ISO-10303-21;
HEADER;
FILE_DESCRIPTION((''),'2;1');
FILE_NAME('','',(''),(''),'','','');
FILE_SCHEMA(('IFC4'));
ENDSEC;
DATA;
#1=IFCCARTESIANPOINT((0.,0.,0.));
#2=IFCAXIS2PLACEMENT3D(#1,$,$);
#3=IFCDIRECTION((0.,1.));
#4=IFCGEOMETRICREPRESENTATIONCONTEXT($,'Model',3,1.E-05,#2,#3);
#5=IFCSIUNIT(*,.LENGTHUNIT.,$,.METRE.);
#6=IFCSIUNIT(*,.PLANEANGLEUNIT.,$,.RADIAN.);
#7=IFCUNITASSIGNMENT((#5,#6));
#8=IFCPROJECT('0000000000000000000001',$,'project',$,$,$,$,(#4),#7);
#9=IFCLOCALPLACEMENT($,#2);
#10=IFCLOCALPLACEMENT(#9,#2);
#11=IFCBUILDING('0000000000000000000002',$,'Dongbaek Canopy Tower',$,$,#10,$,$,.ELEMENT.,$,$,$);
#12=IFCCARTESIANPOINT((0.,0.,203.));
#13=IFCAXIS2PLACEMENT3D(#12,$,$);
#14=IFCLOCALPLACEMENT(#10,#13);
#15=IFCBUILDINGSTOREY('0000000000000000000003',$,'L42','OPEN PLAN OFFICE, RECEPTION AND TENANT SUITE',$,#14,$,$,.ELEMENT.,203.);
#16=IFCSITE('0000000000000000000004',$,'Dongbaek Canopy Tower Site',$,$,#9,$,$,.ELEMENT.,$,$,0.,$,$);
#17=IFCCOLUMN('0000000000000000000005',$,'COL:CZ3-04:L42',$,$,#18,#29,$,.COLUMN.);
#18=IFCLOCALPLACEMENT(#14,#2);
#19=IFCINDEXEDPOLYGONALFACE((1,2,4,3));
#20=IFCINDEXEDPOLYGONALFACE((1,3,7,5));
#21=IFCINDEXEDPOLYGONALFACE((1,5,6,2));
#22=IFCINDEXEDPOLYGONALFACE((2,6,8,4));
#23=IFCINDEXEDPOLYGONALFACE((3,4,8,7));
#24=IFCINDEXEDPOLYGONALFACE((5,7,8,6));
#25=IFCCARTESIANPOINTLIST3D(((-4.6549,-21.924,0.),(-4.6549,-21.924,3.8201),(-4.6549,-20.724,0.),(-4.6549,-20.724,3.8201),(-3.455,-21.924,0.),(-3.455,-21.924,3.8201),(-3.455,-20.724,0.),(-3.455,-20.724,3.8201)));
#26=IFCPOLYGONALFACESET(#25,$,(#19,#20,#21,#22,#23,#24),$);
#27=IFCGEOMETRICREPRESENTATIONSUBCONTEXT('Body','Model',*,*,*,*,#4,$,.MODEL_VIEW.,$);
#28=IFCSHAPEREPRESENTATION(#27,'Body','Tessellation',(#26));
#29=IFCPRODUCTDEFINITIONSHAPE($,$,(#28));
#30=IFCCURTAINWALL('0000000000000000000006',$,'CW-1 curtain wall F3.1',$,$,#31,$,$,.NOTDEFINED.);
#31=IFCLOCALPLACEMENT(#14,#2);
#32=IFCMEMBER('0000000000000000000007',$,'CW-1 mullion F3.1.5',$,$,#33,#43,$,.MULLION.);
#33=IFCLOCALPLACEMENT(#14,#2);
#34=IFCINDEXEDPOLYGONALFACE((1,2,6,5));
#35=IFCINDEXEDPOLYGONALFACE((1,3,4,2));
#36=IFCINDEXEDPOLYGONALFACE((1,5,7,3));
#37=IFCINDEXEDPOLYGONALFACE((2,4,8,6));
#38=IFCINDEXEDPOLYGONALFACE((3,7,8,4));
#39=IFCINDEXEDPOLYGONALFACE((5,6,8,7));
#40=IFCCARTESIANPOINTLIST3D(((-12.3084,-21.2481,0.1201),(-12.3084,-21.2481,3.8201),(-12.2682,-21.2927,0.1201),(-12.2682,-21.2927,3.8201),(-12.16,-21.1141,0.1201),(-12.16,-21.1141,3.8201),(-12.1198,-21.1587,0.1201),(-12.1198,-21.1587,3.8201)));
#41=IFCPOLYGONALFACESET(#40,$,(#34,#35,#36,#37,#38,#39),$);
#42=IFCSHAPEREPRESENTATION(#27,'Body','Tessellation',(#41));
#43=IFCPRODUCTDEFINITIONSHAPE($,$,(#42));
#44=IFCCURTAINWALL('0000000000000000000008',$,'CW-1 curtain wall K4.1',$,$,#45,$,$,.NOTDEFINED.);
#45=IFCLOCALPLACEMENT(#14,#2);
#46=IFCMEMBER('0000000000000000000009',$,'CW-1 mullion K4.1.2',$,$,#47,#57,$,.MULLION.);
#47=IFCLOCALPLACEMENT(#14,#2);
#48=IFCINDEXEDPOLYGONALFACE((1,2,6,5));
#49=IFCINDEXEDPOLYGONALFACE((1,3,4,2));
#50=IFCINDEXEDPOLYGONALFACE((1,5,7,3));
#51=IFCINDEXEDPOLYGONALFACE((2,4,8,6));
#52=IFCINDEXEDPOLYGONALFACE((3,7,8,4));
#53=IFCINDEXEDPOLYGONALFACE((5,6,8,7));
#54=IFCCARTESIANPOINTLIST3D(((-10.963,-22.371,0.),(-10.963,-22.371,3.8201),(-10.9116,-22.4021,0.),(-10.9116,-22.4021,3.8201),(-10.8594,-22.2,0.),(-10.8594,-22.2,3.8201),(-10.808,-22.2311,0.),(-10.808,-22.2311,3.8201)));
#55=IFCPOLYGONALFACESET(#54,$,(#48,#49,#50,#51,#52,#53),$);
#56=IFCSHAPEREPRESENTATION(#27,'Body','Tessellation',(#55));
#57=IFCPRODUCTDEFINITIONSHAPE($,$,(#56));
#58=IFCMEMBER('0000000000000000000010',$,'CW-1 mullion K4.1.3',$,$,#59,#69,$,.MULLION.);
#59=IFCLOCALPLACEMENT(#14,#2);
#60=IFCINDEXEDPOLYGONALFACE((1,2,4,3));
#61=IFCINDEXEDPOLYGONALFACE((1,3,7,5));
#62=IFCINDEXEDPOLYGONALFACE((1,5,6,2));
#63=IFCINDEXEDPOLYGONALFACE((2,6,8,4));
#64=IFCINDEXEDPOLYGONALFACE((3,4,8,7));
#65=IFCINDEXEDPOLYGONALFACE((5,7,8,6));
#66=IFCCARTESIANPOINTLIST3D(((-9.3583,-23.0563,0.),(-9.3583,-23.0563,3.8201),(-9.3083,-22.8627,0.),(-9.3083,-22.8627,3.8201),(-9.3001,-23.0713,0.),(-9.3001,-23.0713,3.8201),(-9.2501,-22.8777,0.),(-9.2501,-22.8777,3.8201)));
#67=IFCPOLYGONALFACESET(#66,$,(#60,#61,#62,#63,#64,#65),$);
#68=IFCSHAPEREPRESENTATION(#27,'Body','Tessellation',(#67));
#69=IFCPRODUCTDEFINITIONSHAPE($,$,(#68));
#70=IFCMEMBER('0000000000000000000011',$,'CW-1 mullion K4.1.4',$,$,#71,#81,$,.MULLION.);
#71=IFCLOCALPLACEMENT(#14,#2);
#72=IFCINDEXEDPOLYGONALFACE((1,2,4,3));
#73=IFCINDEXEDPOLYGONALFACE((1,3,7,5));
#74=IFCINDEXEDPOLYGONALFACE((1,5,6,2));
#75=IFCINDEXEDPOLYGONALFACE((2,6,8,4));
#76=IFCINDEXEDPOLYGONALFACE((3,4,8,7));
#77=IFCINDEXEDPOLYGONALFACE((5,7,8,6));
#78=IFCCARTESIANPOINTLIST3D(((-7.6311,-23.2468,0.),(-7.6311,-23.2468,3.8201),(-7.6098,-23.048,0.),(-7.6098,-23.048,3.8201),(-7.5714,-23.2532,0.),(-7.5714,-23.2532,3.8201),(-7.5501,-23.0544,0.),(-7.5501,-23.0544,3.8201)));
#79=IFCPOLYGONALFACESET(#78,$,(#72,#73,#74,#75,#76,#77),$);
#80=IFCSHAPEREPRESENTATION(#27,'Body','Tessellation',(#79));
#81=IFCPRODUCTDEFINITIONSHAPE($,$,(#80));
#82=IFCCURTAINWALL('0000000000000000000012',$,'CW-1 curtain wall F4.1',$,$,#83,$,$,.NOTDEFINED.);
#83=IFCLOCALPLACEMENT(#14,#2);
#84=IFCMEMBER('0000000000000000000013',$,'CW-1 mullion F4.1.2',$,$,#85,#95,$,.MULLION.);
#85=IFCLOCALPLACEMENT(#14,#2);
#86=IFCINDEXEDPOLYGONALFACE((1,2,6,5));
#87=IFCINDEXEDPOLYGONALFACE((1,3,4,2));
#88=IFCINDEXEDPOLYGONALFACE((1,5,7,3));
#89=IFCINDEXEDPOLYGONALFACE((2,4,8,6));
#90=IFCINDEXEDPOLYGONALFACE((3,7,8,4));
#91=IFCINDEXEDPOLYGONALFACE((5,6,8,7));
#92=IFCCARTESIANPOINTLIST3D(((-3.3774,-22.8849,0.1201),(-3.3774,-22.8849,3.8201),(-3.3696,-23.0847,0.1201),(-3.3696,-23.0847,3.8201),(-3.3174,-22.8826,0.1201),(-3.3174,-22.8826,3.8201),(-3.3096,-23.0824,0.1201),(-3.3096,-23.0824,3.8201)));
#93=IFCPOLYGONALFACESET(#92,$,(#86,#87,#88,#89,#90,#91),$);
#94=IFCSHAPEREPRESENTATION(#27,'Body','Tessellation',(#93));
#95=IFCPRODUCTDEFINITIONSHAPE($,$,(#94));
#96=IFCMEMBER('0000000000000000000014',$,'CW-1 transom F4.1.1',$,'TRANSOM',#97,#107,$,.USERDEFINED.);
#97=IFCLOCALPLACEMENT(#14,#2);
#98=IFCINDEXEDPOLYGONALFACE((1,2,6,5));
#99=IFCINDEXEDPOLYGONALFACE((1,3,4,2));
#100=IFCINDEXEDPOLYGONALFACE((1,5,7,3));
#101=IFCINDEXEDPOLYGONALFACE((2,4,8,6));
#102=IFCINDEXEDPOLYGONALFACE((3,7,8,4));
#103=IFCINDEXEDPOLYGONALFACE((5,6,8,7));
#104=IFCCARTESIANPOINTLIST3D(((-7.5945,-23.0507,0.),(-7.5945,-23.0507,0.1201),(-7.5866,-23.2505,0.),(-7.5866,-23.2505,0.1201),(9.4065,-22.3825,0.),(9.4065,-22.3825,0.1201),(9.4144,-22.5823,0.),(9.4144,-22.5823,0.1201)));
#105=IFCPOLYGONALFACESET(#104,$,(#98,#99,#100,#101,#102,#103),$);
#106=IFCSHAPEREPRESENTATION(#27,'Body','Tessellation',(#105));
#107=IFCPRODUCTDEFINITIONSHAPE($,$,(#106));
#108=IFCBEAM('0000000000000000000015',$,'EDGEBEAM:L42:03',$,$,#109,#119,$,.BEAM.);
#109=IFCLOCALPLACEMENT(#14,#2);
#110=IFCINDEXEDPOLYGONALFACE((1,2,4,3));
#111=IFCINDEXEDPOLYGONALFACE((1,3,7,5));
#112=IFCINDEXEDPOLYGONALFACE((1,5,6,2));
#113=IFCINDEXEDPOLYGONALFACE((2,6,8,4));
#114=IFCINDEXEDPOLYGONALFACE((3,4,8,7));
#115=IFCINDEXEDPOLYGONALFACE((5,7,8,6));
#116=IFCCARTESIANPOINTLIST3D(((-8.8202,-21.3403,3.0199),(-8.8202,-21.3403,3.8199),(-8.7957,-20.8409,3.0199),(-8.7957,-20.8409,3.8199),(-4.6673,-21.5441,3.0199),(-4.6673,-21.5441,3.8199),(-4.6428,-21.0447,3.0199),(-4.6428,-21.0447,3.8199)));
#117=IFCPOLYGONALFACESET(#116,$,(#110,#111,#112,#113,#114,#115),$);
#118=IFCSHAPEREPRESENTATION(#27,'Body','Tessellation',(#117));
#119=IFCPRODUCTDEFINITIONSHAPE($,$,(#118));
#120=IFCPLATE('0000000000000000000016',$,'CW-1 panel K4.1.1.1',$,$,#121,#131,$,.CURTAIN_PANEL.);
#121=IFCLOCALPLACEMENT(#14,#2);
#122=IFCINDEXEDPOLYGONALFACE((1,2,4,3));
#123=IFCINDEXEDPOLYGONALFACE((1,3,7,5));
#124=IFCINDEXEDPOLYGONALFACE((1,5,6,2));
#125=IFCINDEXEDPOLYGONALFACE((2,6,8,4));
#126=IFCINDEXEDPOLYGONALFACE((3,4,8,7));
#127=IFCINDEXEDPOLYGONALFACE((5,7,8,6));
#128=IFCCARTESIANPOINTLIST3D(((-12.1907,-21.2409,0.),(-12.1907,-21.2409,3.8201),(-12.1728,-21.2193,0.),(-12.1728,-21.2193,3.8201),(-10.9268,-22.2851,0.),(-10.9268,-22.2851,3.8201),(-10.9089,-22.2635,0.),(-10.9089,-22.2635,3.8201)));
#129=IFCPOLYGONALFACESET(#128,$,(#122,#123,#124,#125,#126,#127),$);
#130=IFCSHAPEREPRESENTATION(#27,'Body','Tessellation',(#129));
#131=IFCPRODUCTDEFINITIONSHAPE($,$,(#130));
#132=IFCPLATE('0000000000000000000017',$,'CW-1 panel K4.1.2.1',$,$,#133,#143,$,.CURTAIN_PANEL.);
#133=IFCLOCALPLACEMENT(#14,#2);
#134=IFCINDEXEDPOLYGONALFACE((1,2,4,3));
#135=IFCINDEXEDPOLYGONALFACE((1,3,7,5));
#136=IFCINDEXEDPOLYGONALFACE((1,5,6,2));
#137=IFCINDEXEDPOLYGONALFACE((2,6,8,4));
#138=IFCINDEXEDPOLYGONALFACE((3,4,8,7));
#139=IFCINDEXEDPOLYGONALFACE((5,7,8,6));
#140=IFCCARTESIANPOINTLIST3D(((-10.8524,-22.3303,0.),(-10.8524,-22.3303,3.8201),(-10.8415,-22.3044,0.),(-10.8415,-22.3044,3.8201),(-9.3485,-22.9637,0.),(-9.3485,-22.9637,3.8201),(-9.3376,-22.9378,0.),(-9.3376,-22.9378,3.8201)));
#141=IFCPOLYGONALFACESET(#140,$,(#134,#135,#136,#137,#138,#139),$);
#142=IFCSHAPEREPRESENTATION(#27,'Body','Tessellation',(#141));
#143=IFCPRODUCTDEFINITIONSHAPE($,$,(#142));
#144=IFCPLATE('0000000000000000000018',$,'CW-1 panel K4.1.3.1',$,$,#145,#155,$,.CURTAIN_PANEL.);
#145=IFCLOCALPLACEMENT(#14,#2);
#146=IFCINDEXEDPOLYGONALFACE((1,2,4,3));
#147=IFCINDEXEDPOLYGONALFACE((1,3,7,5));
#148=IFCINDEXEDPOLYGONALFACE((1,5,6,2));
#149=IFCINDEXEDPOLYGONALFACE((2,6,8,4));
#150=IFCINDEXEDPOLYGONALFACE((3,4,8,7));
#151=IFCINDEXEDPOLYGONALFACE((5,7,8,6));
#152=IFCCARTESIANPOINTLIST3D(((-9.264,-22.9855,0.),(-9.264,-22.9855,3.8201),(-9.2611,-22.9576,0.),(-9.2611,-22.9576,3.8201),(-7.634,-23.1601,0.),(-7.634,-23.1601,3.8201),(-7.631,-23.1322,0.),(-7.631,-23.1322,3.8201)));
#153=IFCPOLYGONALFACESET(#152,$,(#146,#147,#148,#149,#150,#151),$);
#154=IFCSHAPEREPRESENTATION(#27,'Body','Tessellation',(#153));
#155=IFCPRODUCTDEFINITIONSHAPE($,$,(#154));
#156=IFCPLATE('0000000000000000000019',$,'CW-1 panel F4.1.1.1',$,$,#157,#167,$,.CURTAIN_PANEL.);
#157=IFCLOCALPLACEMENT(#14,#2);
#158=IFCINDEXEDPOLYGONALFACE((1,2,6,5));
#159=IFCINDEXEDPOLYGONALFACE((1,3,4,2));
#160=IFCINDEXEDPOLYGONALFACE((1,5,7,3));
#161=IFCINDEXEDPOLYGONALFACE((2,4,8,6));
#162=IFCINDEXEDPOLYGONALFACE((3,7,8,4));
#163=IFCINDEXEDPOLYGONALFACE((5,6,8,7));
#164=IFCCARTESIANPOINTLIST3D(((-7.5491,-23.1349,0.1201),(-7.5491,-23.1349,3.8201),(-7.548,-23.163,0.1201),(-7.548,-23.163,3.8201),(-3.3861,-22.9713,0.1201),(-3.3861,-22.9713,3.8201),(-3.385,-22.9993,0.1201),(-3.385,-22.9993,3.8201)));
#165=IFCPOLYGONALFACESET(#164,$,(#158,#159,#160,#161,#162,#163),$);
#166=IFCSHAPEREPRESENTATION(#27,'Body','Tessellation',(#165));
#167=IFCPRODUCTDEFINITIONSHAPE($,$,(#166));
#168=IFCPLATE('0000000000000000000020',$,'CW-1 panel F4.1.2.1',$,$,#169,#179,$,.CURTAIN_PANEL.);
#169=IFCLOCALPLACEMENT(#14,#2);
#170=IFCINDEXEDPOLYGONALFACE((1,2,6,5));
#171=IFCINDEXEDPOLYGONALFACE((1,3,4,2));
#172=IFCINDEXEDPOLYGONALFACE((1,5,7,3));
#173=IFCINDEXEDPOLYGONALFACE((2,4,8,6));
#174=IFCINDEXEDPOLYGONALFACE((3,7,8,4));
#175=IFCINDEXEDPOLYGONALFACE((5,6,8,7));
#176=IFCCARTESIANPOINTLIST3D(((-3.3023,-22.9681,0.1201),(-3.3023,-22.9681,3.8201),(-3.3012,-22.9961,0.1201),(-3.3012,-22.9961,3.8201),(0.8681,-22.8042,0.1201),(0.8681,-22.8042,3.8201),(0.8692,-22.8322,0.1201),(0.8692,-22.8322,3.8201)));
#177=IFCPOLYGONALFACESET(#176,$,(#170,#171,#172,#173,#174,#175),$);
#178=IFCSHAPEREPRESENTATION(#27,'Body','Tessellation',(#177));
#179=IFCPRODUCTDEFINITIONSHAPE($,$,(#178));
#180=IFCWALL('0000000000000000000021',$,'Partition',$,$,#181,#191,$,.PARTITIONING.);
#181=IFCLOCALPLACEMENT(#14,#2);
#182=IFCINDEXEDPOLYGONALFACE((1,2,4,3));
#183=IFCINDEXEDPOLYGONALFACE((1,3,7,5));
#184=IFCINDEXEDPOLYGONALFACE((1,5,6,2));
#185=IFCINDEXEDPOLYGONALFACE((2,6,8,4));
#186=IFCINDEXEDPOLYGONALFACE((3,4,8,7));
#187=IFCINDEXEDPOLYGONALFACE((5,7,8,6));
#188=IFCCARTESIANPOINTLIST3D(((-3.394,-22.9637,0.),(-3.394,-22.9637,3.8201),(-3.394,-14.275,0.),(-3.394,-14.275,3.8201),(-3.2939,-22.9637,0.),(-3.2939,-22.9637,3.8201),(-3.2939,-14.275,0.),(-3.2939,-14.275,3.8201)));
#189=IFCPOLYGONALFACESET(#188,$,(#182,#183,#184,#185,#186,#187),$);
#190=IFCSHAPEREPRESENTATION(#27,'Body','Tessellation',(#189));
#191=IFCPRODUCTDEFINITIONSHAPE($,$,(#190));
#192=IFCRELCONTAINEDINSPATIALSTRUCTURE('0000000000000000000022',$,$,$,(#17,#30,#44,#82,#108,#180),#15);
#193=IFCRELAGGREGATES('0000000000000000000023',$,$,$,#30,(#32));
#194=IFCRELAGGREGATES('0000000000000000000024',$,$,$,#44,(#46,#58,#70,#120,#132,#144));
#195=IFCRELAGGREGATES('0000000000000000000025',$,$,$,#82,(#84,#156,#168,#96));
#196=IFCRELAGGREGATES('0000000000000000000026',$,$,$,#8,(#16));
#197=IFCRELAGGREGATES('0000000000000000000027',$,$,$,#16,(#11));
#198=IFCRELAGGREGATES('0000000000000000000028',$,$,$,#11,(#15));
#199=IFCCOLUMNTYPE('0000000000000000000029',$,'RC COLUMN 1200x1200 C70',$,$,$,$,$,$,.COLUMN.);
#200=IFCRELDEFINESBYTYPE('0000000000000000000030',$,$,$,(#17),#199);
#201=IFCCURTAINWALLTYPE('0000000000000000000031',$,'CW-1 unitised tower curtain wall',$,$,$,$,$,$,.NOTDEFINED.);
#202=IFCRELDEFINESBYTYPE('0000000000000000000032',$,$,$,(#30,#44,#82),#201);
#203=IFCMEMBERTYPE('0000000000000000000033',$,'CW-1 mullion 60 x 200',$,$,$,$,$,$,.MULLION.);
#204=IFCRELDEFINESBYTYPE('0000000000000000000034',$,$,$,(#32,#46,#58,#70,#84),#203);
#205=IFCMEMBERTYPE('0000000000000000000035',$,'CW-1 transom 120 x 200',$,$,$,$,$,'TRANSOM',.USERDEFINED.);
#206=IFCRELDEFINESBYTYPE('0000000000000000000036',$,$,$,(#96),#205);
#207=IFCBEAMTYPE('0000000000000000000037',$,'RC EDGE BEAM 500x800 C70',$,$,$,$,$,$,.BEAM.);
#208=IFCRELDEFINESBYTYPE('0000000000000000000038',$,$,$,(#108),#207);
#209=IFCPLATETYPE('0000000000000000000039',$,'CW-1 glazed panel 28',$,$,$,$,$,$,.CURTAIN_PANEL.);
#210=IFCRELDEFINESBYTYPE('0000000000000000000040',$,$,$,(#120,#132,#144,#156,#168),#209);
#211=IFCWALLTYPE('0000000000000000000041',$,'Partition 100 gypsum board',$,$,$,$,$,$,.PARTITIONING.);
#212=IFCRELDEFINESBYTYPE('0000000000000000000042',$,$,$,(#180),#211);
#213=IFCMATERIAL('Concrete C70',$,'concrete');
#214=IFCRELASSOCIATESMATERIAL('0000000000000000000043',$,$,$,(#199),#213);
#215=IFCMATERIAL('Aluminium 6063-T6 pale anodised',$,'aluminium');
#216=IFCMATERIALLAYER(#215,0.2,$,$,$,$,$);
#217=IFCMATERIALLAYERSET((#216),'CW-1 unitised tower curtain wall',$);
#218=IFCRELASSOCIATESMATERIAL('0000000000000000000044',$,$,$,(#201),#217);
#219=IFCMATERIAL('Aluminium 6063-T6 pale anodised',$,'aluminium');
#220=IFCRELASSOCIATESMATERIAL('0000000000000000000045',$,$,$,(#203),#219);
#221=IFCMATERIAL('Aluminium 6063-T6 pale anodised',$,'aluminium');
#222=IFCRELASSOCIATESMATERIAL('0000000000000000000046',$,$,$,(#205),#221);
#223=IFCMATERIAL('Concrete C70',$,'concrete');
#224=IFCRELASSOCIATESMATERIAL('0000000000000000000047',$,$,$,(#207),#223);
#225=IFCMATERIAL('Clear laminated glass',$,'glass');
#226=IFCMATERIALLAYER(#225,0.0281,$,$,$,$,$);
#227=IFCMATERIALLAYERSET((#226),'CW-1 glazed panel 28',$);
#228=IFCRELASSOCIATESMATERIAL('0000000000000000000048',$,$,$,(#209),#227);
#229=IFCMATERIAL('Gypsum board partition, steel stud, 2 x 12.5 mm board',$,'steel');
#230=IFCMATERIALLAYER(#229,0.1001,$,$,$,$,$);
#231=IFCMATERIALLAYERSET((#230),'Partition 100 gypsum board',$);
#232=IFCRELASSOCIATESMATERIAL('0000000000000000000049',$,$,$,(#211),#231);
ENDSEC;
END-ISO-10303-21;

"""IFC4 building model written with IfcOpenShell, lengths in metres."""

from ifc_helpers import new_model, si_unit, direction, frame, frame_2d, origin, origin_2d, place, context, subcontext, project, spatial, rectangle, extrude, material, layer, layer_set, material_profile, profile_set, type_object, element, aggregate, save


model = new_model("IFC4")

# Units and contexts
model_context = context("Model", 3, precision=1e-05, world=origin(), true_north=direction((0.0, 1.0)))
body_context = subcontext(model_context, "Body", "Model", "MODEL_VIEW")
ifc_project = project(units=[si_unit("LENGTHUNIT", "METRE"), si_unit("PLANEANGLEUNIT", "RADIAN")], contexts=[model_context])

# Site, building, storey
site_placement = place(None, origin())
site = spatial("IfcSite", under=ifc_project, at=site_placement, Name="Dongbaek Canopy Tower Site", CompositionType="ELEMENT", RefElevation=0.0)
building_placement = place(site_placement, origin())
building = spatial("IfcBuilding", under=site, at=building_placement, Name="Dongbaek Canopy Tower", CompositionType="ELEMENT")
storey_placement = place(building_placement, frame((0.0, 0.0, 203.0)))
storey = spatial("IfcBuildingStorey", under=building, at=storey_placement, Name="L42", Description="OPEN PLAN OFFICE, RECEPTION AND TENANT SUITE", CompositionType="ELEMENT", Elevation=203.0)

# Column
ifc_material_1 = material(Name="Concrete C70", Category="concrete")
ifc_material_profile_1 = material_profile(ifc_material_1, rectangle(XDim=1.2, YDim=1.2, at=origin_2d()), Name="RC COLUMN 1200x1200 C70")
ifc_profile_set_1 = profile_set([ifc_material_profile_1], Name="Concrete C70")
column_type = type_object("IfcColumnType", Name="RC COLUMN 1200x1200 C70", PredefinedType="COLUMN", material=ifc_profile_set_1)
column_placement = place(storey_placement, frame((-4.0549, -21.324, 0.0), z_axis=(0.0, 0.0, 1.0), x_axis=(1.0, 0.0, 0.0)))
element("IfcColumn", 1, at=column_placement, inside=storey, type_object=column_type, Name="COL:CZ3-04:L42", PredefinedType="COLUMN", context=body_context, shape_type="SweptSolid", body=[
    extrude(rectangle(XDim=1.2, YDim=1.2, at=origin_2d()), origin(), (0.0, 0.0, 1.0), 3.8201),
])

# Curtain wall, member
ifc_material_2 = material(Name="Aluminium 6063-T6 pale anodised", Category="aluminium")
ifc_layer_1 = layer(ifc_material_2, 0.2)
ifc_layer_set_1 = layer_set([ifc_layer_1], Name="CW-1 unitised tower curtain wall")
curtain_wall_type = type_object("IfcCurtainWallType", Name="CW-1 unitised tower curtain wall", PredefinedType="NOTDEFINED", material=ifc_layer_set_1)
curtain_wall_1_placement = place(storey_placement, origin())
curtain_wall_1 = element("IfcCurtainWall", 2, at=curtain_wall_1_placement, inside=storey, type_object=curtain_wall_type, Name="CW-1 curtain wall F3.1", PredefinedType="NOTDEFINED")
ifc_material_3 = material(Name="Aluminium 6063-T6 pale anodised", Category="aluminium")
ifc_material_profile_2 = material_profile(ifc_material_3, rectangle(XDim=0.2, YDim=0.0601, at=origin_2d()), Name="CW-1 mullion 60 x 200")
ifc_profile_set_2 = profile_set([ifc_material_profile_2], Name="Aluminium 6063-T6 pale anodised")
member_type_1 = type_object("IfcMemberType", Name="CW-1 mullion 60 x 200", PredefinedType="MULLION", material=ifc_profile_set_2)
member_1_placement = place(storey_placement, frame((-12.2141, -21.2034, 0.1201), z_axis=(0.0, 0.0, 1.0), x_axis=(-0.7423, -0.670068, 0.0)))
member_1 = element("IfcMember", 3, at=member_1_placement, type_object=member_type_1, Name="CW-1 mullion F3.1.5", PredefinedType="MULLION", context=body_context, shape_type="SweptSolid", body=[
    extrude(rectangle(XDim=0.2, YDim=0.0601, at=origin_2d()), origin(), (0.0, 0.0, 1.0), 3.7),
])
aggregate(curtain_wall_1, [member_1])

# Curtain walls, members
curtain_wall_2_placement = place(storey_placement, origin())
curtain_wall_2 = element("IfcCurtainWall", 4, at=curtain_wall_2_placement, inside=storey, type_object=curtain_wall_type, Name="CW-1 curtain wall K4.1", PredefinedType="NOTDEFINED")
member_2_placement = place(storey_placement, frame((-10.8855, -22.301, 0.0), z_axis=(0.0, 0.0, 1.0), x_axis=(-0.518049, -0.855351, 0.0)))
member_2 = element("IfcMember", 5, at=member_2_placement, type_object=member_type_1, Name="CW-1 mullion K4.1.2", PredefinedType="MULLION", context=body_context, shape_type="SweptSolid", body=[
    extrude(rectangle(XDim=0.2, YDim=0.0601, at=origin_2d()), origin(), (0.0, 0.0, 1.0), 3.8201),
])
member_3_placement = place(storey_placement, frame((-9.3042, -22.967, 0.0), z_axis=(0.0, 0.0, 1.0), x_axis=(-0.249962, -0.968256, 0.0)))
member_3 = element("IfcMember", 6, at=member_3_placement, type_object=member_type_1, Name="CW-1 mullion K4.1.3", PredefinedType="MULLION", context=body_context, shape_type="SweptSolid", body=[
    extrude(rectangle(XDim=0.2, YDim=0.0601, at=origin_2d()), origin(), (0.0, 0.0, 1.0), 3.8201),
])
member_4_placement = place(storey_placement, frame((-7.5906, -23.1506, 0.0), z_axis=(0.0, 0.0, 1.0), x_axis=(-0.106476, -0.994315, 0.0)))
member_4 = element("IfcMember", 7, at=member_4_placement, type_object=member_type_1, Name="CW-1 mullion K4.1.4", PredefinedType="MULLION", context=body_context, shape_type="SweptSolid", body=[
    extrude(rectangle(XDim=0.2, YDim=0.0601, at=origin_2d()), origin(), (0.0, 0.0, 1.0), 3.8201),
])
curtain_wall_3_placement = place(storey_placement, origin())
curtain_wall_3 = element("IfcCurtainWall", 8, at=curtain_wall_3_placement, inside=storey, type_object=curtain_wall_type, Name="CW-1 curtain wall F4.1", PredefinedType="NOTDEFINED")
member_5_placement = place(storey_placement, frame((-3.3435, -22.9836, 0.1201), z_axis=(0.0, 0.0, 1.0), x_axis=(0.039276, -0.999228, 0.0)))
member_5 = element("IfcMember", 9, at=member_5_placement, type_object=member_type_1, Name="CW-1 mullion F4.1.2", PredefinedType="MULLION", context=body_context, shape_type="SweptSolid", body=[
    extrude(rectangle(XDim=0.2, YDim=0.0601, at=origin_2d()), origin(), (0.0, 0.0, 1.0), 3.7),
])
ifc_material_4 = material(Name="Aluminium 6063-T6 pale anodised", Category="aluminium")
ifc_material_profile_3 = material_profile(ifc_material_4, rectangle(XDim=0.2, YDim=0.1201, at=origin_2d()), Name="CW-1 transom 120 x 200")
ifc_profile_set_3 = profile_set([ifc_material_profile_3], Name="Aluminium 6063-T6 pale anodised")
member_type_2 = type_object("IfcMemberType", Name="CW-1 transom 120 x 200", ElementType="TRANSOM", PredefinedType="USERDEFINED", material=ifc_profile_set_3)
member_6_placement = place(storey_placement, frame((-7.5906, -23.1506, 0.0601), z_axis=(0.999228, 0.039274, 0.0), x_axis=(-0.039274, 0.999228, 0.0)))
member_6 = element("IfcMember", 10, at=member_6_placement, type_object=member_type_2, Name="CW-1 transom F4.1.1", ObjectType="TRANSOM", PredefinedType="USERDEFINED", context=body_context, shape_type="SweptSolid", body=[
    extrude(rectangle(XDim=0.2, YDim=0.1201, at=origin_2d()), origin(), (0.0, 0.0, 1.0), 17.0142),
])

# Beam
ifc_material_5 = material(Name="Concrete C70", Category="concrete")
ifc_material_profile_4 = material_profile(ifc_material_5, rectangle(XDim=0.5, YDim=0.8, at=origin_2d()), Name="RC EDGE BEAM 500x800 C70")
ifc_profile_set_4 = profile_set([ifc_material_profile_4], Name="Concrete C70")
beam_type = type_object("IfcBeamType", Name="RC EDGE BEAM 500x800 C70", PredefinedType="BEAM", material=ifc_profile_set_4)
beam_placement = place(storey_placement, frame((-4.655, -21.2944, 3.4199), z_axis=(-0.998797, 0.049027, 0.0), x_axis=(-0.049027, -0.998797, 0.0)))
element("IfcBeam", 11, at=beam_placement, inside=storey, type_object=beam_type, Name="EDGEBEAM:L42:03", PredefinedType="BEAM", context=body_context, shape_type="SweptSolid", body=[
    extrude(rectangle(XDim=0.5, YDim=0.8, at=origin_2d()), origin(), (0.0, 0.0, 1.0), 4.158),
])

# Plates
ifc_material_6 = material(Name="Clear laminated glass", Category="glass")
ifc_layer_2 = layer(ifc_material_6, 0.0281)
ifc_layer_set_2 = layer_set([ifc_layer_2], Name="CW-1 glazed panel 28")
plate_type = type_object("IfcPlateType", Name="CW-1 glazed panel 28", PredefinedType="CURTAIN_PANEL", material=ifc_layer_set_2)
plate_1_placement = place(storey_placement, frame((-11.5498, -21.7522, 0.0), z_axis=(0.0, 0.0, 1.0), x_axis=(0.770907, -0.636948, 0.0)))
plate_1 = element("IfcPlate", 12, at=plate_1_placement, type_object=plate_type, Name="CW-1 panel K4.1.1.1", PredefinedType="CURTAIN_PANEL", context=body_context, shape_type="SweptSolid", body=[
    extrude(rectangle(XDim=1.6394, YDim=0.0281, at=origin_2d()), origin(), (0.0, 0.0, 1.0), 3.8201),
])
plate_2_placement = place(storey_placement, frame((-10.095, -22.634, 0.0), z_axis=(0.0, 0.0, 1.0), x_axis=(0.921603, -0.388133, 0.0)))
plate_2 = element("IfcPlate", 13, at=plate_2_placement, type_object=plate_type, Name="CW-1 panel K4.1.2.1", PredefinedType="CURTAIN_PANEL", context=body_context, shape_type="SweptSolid", body=[
    extrude(rectangle(XDim=1.6318, YDim=0.0281, at=origin_2d()), origin(), (0.0, 0.0, 1.0), 3.8201),
])
plate_3_placement = place(storey_placement, frame((-8.4475, -23.0588, 0.0), z_axis=(0.0, 0.0, 1.0), x_axis=(0.994315, -0.106476, 0.0)))
plate_3 = element("IfcPlate", 14, at=plate_3_placement, type_object=plate_type, Name="CW-1 panel K4.1.3.1", PredefinedType="CURTAIN_PANEL", context=body_context, shape_type="SweptSolid", body=[
    extrude(rectangle(XDim=1.6394, YDim=0.0281, at=origin_2d()), origin(), (0.0, 0.0, 1.0), 3.8201),
])
aggregate(curtain_wall_2, [member_2, member_3, member_4, plate_1, plate_2, plate_3])
plate_4_placement = place(storey_placement, frame((-5.467, -23.0671, 0.1201), z_axis=(0.0, 0.0, 1.0), x_axis=(0.999228, 0.039276, 0.0)))
plate_4 = element("IfcPlate", 15, at=plate_4_placement, type_object=plate_type, Name="CW-1 panel F4.1.1.1", PredefinedType="CURTAIN_PANEL", context=body_context, shape_type="SweptSolid", body=[
    extrude(rectangle(XDim=4.1663, YDim=0.0281, at=origin_2d()), origin(), (0.0, 0.0, 1.0), 3.7),
])
plate_5_placement = place(storey_placement, frame((-1.2166, -22.9001, 0.1201), z_axis=(0.0, 0.0, 1.0), x_axis=(0.999228, 0.039276, 0.0)))
plate_5 = element("IfcPlate", 16, at=plate_5_placement, type_object=plate_type, Name="CW-1 panel F4.1.2.1", PredefinedType="CURTAIN_PANEL", context=body_context, shape_type="SweptSolid", body=[
    extrude(rectangle(XDim=4.1736, YDim=0.0281, at=origin_2d()), origin(), (0.0, 0.0, 1.0), 3.7),
])

# Wall
ifc_material_7 = material(Name="Gypsum board partition, steel stud, 2 x 12.5 mm board", Category="steel")
ifc_layer_3 = layer(ifc_material_7, 0.1001)
ifc_layer_set_3 = layer_set([ifc_layer_3], Name="Partition 100 gypsum board")
wall_type = type_object("IfcWallType", Name="Partition 100 gypsum board", PredefinedType="PARTITIONING", material=ifc_layer_set_3)
wall_placement = place(storey_placement, frame((-3.344, -22.9636, 0.0), z_axis=(0.0, 0.0, 1.0), x_axis=(0.0, 1.0, 0.0)))
element("IfcWall", 17, at=wall_placement, inside=storey, type_object=wall_type, Name="Partition", PredefinedType="PARTITIONING", context=body_context, shape_type="SweptSolid", body=[
    extrude(rectangle(XDim=8.6887, YDim=0.1001, at=frame_2d((4.3442, 0.0))), origin(), (0.0, 0.0, 1.0), 3.8201),
])

aggregate(curtain_wall_3, [member_5, plate_4, plate_5, member_6])

save(model, "model.ifc")
